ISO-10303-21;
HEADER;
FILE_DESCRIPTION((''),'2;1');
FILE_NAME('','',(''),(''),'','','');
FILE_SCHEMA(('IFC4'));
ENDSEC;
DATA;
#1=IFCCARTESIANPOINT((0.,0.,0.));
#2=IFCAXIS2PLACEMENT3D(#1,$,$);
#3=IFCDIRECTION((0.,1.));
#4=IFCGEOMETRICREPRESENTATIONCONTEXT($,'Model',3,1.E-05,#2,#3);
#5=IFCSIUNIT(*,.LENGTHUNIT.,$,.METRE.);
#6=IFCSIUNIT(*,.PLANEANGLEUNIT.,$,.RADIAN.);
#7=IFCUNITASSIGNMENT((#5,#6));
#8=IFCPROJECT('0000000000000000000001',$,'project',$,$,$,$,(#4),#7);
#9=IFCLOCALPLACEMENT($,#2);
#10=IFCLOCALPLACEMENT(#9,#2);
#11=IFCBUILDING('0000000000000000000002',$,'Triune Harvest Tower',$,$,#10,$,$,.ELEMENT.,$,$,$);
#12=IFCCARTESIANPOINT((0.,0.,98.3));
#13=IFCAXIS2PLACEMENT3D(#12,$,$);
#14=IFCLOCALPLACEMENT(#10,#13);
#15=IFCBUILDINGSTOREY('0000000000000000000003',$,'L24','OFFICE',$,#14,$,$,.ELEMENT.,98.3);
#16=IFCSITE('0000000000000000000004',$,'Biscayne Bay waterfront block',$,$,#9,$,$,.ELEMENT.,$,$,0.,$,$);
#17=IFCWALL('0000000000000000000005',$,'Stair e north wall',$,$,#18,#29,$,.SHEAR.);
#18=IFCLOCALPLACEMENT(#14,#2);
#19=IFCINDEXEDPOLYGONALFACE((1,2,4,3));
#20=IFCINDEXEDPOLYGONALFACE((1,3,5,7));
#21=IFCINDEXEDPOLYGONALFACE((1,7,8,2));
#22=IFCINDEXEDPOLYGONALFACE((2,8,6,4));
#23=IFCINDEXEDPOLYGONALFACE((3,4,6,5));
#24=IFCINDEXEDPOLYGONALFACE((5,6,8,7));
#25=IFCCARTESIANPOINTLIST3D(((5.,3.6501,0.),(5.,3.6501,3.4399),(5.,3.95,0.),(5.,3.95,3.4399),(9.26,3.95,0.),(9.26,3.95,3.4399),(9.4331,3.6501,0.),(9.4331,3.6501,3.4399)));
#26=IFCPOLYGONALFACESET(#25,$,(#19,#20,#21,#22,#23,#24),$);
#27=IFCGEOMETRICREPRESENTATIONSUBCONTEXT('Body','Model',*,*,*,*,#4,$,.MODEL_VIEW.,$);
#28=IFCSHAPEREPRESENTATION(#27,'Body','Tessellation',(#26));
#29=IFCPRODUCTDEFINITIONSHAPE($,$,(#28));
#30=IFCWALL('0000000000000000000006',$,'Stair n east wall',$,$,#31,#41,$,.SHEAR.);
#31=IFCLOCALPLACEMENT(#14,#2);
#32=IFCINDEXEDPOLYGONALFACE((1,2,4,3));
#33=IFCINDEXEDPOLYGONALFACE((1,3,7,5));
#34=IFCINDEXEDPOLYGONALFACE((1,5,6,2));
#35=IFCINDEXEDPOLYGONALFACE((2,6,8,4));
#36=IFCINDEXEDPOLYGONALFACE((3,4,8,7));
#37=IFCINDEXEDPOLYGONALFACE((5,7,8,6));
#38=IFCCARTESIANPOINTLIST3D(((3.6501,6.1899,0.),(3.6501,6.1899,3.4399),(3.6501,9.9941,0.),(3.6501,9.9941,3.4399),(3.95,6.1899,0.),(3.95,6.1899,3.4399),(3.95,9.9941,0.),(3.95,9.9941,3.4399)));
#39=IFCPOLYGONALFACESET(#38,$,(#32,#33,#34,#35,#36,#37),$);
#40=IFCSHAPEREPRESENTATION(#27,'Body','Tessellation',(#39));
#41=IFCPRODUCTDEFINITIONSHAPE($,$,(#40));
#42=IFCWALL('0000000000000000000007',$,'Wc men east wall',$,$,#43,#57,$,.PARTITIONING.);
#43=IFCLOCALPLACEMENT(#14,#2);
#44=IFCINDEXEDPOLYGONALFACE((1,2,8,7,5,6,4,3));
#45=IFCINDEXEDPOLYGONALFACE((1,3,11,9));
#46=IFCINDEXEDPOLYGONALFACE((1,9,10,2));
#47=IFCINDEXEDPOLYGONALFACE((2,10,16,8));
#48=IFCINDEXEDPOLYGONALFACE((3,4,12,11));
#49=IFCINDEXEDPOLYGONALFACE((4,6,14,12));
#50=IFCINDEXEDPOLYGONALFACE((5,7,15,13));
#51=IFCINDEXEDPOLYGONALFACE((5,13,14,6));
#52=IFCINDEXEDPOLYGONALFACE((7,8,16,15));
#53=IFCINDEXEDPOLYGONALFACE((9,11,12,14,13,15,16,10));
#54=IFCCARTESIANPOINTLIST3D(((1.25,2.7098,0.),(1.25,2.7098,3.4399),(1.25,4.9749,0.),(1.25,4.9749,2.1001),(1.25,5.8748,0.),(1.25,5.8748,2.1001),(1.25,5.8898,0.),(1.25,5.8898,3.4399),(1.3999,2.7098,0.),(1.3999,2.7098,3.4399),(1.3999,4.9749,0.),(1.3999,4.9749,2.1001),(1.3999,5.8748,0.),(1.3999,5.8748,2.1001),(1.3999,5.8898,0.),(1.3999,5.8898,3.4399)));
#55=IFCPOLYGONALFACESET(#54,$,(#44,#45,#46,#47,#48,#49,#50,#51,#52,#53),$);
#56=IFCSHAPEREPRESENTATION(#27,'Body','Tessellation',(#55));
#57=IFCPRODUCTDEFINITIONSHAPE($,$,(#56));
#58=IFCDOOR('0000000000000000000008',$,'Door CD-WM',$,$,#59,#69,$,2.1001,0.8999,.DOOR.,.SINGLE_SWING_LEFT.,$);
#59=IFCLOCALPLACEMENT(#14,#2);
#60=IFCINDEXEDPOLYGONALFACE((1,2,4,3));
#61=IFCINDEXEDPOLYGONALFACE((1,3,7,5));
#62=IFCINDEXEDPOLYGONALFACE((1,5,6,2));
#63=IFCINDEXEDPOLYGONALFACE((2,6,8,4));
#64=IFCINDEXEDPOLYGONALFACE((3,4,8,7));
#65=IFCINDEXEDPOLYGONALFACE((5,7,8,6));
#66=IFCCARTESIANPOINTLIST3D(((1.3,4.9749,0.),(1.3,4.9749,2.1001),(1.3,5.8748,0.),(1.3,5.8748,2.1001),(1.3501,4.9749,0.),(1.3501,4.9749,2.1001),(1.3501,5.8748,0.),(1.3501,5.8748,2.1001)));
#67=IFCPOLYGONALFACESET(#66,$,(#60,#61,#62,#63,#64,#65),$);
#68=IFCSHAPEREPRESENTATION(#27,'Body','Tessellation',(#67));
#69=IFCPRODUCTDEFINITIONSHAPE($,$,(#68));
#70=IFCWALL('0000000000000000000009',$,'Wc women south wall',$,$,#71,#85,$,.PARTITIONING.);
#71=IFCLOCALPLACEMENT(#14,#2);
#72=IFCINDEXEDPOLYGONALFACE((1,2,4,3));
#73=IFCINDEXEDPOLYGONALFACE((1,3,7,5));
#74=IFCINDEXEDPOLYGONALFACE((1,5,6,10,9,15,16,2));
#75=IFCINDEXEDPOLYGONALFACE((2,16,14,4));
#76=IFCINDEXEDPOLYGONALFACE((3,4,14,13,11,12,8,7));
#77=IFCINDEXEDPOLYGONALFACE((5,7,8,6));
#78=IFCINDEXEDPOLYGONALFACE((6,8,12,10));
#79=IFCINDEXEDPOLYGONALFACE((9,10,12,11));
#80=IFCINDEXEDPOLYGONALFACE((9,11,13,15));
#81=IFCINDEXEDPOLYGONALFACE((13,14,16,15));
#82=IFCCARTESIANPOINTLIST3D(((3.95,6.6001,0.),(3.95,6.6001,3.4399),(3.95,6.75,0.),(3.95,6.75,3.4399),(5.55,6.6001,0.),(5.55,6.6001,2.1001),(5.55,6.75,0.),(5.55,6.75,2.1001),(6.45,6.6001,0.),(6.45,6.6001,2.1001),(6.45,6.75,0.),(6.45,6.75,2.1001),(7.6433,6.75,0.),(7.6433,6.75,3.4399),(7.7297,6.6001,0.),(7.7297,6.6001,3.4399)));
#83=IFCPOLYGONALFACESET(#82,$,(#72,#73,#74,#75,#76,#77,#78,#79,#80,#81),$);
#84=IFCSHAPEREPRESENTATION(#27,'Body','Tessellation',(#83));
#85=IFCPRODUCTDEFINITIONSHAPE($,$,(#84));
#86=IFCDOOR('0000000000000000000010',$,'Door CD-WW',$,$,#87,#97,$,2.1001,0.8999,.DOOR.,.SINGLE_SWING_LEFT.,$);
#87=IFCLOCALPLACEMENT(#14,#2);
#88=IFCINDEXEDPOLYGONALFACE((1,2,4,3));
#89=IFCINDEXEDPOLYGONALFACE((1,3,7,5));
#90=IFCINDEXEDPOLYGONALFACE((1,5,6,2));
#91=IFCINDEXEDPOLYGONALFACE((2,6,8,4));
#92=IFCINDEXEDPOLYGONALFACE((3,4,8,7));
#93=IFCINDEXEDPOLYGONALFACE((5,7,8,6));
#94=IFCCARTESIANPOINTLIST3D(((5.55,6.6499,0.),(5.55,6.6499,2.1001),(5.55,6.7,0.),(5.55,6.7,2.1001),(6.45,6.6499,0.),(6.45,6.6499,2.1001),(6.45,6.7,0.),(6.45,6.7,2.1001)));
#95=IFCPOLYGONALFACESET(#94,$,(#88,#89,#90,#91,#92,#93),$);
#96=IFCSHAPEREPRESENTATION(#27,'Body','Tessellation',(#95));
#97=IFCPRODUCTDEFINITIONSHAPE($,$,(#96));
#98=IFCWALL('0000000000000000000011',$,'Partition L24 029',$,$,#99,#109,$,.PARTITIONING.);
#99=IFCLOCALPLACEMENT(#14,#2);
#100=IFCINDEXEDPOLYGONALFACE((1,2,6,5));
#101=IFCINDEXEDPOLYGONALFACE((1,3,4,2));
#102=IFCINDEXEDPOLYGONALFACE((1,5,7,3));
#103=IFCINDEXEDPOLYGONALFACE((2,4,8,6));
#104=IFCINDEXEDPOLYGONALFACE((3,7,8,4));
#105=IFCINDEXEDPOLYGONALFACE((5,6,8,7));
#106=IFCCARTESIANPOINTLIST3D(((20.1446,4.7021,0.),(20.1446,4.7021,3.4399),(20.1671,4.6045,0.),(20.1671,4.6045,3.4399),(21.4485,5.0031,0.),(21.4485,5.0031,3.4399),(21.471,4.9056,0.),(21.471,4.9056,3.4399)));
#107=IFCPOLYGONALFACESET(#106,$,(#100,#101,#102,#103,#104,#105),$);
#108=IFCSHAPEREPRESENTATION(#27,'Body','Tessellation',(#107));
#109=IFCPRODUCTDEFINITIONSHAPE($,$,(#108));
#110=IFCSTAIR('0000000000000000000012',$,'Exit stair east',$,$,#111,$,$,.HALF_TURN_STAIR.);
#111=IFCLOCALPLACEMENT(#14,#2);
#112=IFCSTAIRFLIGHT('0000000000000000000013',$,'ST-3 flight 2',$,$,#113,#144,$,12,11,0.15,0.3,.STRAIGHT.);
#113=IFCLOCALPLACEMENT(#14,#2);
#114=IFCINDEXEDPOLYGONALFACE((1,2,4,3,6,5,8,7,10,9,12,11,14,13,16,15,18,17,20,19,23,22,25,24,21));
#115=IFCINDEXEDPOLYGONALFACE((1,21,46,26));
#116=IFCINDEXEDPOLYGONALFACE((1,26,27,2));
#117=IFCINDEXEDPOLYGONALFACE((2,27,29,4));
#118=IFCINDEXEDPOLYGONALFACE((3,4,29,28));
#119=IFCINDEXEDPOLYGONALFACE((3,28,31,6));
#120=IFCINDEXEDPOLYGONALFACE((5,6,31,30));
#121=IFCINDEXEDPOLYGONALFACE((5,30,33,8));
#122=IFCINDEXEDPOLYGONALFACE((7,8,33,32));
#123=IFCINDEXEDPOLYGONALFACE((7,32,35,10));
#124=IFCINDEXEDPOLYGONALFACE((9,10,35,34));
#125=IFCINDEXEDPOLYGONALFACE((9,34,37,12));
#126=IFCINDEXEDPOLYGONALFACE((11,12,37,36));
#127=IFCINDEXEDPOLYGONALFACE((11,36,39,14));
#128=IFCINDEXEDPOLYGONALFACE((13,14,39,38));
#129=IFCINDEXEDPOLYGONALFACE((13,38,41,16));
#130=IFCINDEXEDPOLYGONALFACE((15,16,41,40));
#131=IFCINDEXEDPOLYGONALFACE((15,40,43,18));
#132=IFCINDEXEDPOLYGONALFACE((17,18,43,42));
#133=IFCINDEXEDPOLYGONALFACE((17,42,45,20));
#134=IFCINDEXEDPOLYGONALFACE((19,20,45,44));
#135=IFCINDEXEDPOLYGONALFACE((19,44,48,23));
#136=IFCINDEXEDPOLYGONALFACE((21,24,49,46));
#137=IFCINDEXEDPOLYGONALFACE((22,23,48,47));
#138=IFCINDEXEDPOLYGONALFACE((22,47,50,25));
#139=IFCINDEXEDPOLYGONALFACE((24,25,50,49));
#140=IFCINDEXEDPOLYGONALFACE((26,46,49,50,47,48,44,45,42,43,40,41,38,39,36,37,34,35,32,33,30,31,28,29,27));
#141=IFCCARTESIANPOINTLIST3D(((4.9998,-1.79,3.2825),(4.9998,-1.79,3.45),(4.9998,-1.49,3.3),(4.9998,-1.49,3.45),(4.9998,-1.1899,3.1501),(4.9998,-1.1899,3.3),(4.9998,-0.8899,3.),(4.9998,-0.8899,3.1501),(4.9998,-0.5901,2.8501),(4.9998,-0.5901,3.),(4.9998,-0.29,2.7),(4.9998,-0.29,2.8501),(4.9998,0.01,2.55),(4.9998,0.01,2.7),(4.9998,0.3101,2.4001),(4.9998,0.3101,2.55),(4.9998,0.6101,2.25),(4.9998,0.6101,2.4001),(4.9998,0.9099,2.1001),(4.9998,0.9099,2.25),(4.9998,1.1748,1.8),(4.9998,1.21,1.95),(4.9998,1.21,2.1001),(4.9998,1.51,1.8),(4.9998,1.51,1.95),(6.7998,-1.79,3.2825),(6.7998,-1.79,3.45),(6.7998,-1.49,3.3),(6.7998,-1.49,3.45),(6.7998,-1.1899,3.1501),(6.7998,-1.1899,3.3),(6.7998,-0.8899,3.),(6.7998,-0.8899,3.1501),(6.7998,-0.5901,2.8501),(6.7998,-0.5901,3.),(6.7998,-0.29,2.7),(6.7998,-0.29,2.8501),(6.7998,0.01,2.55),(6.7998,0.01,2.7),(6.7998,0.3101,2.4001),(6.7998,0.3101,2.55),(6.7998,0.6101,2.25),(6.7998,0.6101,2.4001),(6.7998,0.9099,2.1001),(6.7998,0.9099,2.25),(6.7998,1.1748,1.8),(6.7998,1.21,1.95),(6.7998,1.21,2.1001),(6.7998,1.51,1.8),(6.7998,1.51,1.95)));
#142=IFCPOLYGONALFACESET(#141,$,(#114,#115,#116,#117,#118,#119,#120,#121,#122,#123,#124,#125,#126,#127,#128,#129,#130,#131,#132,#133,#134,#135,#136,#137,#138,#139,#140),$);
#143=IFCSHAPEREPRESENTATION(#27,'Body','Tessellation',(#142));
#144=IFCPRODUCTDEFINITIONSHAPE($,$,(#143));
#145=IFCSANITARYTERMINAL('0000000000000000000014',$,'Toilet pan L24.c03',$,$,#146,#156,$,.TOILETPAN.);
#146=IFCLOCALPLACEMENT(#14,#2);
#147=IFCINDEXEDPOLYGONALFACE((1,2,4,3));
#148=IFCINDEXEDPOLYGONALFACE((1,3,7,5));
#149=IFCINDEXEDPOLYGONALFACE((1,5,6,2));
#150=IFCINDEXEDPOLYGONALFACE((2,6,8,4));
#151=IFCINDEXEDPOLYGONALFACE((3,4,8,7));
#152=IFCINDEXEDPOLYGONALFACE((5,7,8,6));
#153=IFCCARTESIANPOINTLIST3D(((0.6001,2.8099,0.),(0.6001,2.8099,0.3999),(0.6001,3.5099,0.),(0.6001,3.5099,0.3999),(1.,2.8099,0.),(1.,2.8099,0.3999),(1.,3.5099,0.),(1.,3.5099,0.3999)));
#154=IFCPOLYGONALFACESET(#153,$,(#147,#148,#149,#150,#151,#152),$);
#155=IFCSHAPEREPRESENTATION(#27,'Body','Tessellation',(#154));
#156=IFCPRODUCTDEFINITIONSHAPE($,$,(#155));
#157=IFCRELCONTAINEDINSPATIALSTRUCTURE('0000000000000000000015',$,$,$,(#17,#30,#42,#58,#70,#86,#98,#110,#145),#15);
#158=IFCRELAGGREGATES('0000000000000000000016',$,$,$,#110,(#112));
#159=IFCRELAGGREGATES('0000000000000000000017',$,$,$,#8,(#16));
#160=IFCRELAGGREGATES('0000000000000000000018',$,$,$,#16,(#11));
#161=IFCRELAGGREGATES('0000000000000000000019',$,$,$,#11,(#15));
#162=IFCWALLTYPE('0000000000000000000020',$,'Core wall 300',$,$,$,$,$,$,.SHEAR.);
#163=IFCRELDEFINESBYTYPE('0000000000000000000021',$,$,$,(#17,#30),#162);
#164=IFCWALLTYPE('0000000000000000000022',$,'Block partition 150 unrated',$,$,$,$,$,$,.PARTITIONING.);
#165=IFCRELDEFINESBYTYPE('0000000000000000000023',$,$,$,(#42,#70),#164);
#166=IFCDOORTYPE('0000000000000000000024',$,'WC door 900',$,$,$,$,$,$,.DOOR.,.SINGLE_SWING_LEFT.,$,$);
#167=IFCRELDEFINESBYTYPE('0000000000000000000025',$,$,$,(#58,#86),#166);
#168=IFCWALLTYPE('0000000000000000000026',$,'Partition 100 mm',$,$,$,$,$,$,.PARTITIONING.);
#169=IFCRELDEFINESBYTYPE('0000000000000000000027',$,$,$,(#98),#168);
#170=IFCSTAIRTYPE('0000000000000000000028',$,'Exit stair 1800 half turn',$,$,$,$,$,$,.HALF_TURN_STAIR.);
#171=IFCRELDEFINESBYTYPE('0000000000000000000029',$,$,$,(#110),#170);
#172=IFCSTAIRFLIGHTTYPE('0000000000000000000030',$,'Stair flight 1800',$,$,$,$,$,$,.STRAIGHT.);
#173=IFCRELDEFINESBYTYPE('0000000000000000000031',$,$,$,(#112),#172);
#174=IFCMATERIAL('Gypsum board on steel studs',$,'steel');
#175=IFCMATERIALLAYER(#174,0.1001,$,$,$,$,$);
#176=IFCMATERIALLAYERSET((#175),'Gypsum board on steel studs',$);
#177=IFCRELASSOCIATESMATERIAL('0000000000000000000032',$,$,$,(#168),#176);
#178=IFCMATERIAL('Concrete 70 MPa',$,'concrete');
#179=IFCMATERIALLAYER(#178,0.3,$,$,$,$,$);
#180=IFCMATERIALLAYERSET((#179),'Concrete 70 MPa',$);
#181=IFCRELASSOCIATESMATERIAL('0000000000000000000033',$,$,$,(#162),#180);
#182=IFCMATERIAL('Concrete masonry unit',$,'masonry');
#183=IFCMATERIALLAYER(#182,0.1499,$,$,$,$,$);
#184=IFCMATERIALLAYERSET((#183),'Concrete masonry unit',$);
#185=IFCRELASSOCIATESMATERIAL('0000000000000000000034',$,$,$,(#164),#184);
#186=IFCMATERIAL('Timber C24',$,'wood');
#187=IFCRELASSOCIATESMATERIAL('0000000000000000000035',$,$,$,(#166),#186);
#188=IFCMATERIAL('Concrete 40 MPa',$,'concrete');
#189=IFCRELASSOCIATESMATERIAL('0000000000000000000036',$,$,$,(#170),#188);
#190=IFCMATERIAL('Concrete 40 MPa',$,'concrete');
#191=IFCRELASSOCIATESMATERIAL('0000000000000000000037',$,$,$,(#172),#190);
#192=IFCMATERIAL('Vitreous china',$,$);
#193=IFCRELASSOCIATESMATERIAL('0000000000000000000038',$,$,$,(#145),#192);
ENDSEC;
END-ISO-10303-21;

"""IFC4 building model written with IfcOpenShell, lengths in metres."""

from ifc_helpers import new_model, si_unit, direction, frame, frame_2d, origin, origin_2d, place, context, subcontext, project, spatial, polyline, rectangle, outline, extrude, source, transform, mapped, material, layer, layer_set, type_object, element, fill, aggregate, save


model = new_model("IFC4")

# Units and contexts
model_context = context("Model", 3, precision=1e-05, world=origin(), true_north=direction((0.0, 1.0)))
body_context = subcontext(model_context, "Body", "Model", "MODEL_VIEW")
ifc_project = project(units=[si_unit("LENGTHUNIT", "METRE"), si_unit("PLANEANGLEUNIT", "RADIAN")], contexts=[model_context])

# Site, building, storey
site_placement = place(None, origin())
site = spatial("IfcSite", under=ifc_project, at=site_placement, Name="Biscayne Bay waterfront block", CompositionType="ELEMENT", RefElevation=0.0)
building_placement = place(site_placement, origin())
building = spatial("IfcBuilding", under=site, at=building_placement, Name="Triune Harvest Tower", CompositionType="ELEMENT")
storey_placement = place(building_placement, frame((0.0, 0.0, 98.3)))
storey = spatial("IfcBuildingStorey", under=building, at=storey_placement, Name="L24", Description="OFFICE", CompositionType="ELEMENT", Elevation=98.3)

# Shared definitions
ifc_material_1 = material(Name="Gypsum board on steel studs", Category="steel")
ifc_layer_1 = layer(ifc_material_1, 0.1001)
ifc_layer_set_1 = layer_set([ifc_layer_1], Name="Gypsum board on steel studs")
wall_type_1 = type_object("IfcWallType", Name="Partition 100 mm", PredefinedType="PARTITIONING", material=ifc_layer_set_1)

# Shared definitions
ifc_material_2 = material(Name="Concrete 70 MPa", Category="concrete")
ifc_layer_2 = layer(ifc_material_2, 0.3)
ifc_layer_set_2 = layer_set([ifc_layer_2], Name="Concrete 70 MPa")
wall_type_2 = type_object("IfcWallType", Name="Core wall 300", PredefinedType="SHEAR", material=ifc_layer_set_2)

# Walls
shared_shape_1 = source(origin(), body_context, "Body", "SweptSolid", [
    extrude(outline(polyline([(0.0, -0.1499), (0.0, 0.1499), (4.26, 0.1499), (4.4331, -0.1499), (0.0, -0.1499)])), origin(), (0.0, 0.0, 1.0), 3.4399),
])
wall_1_placement = place(storey_placement, frame((5.0, 3.8, 0.0), z_axis=(0.0, 0.0, 1.0), x_axis=(1.0, 0.0, 0.0)))
element("IfcWall", 1, at=wall_1_placement, inside=storey, type_object=wall_type_2, Name="Stair e north wall", PredefinedType="SHEAR", context=body_context, shape_type="MappedRepresentation", body=[
    mapped(shared_shape_1, transform((0.0, 0.0, 0.0), scale=1.0)),
])
shared_shape_2 = source(origin(), body_context, "Body", "SweptSolid", [
    extrude(outline(polyline([(0.0, -0.1499), (0.0, 0.1499), (3.8042, 0.1499), (3.8042, -0.1499), (0.0, -0.1499)])), origin(), (0.0, 0.0, 1.0), 3.4399),
])
wall_2_placement = place(storey_placement, frame((3.8, 6.1899, 0.0), z_axis=(0.0, 0.0, 1.0), x_axis=(0.0, 1.0, 0.0)))
element("IfcWall", 2, at=wall_2_placement, inside=storey, type_object=wall_type_2, Name="Stair n east wall", PredefinedType="SHEAR", context=body_context, shape_type="MappedRepresentation", body=[
    mapped(shared_shape_2, transform((0.0, 0.0, 0.0), scale=1.0)),
])

# Walls, openings, doors
ifc_material_3 = material(Name="Concrete masonry unit", Category="masonry")
ifc_layer_3 = layer(ifc_material_3, 0.1499)
ifc_layer_set_3 = layer_set([ifc_layer_3], Name="Concrete masonry unit")
wall_type_3 = type_object("IfcWallType", Name="Block partition 150 unrated", PredefinedType="PARTITIONING", material=ifc_layer_set_3)
shared_shape_3 = source(origin(), body_context, "Body", "SweptSolid", [
    extrude(rectangle(XDim=3.1799, YDim=0.1499, at=frame_2d((1.5898, 0.0))), origin(), (0.0, 0.0, 1.0), 3.4399),
])
wall_3_placement = place(storey_placement, frame((1.325, 2.71, 0.0), z_axis=(0.0, 0.0, 1.0), x_axis=(0.0, 1.0, 0.0)))
wall_3 = element("IfcWall", 3, at=wall_3_placement, inside=storey, type_object=wall_type_3, Name="Wc men east wall", PredefinedType="PARTITIONING", context=body_context, shape_type="MappedRepresentation", body=[
    mapped(shared_shape_3, transform((0.0, 0.0, 0.0), scale=1.0)),
])
opening_1_placement = place(wall_3_placement, frame((2.2649, 0.0, 0.0)))
opening_1 = element("IfcOpeningElement", 4, at=opening_1_placement, cuts=wall_3, PredefinedType="OPENING", context=body_context, shape_type="SweptSolid", body=[
    extrude(rectangle(XDim=0.8999, YDim=2.1001, at=frame_2d((0.45, 1.05))), frame((0.0, 0.085, 0.0), z_axis=(0.0, -1.0, 0.0), x_axis=(1.0, 0.0, 0.0)), (0.0, 0.0, 1.0), 0.1699),
])
ifc_material_4 = material(Name="Timber C24", Category="wood")
door_type_1 = type_object("IfcDoorType", Name="WC door 900", OperationType="SINGLE_SWING_LEFT", PredefinedType="DOOR", material=ifc_material_4)
door_1_placement = place(opening_1_placement, origin())
door_1 = element("IfcDoor", 5, at=door_1_placement, inside=storey, type_object=door_type_1, Name="Door CD-WM", OperationType="SINGLE_SWING_LEFT", OverallHeight=2.1001, OverallWidth=0.8999, PredefinedType="DOOR", context=body_context, shape_type="SweptSolid", body=[
    extrude(rectangle(XDim=0.8999, YDim=2.1001, at=frame_2d((0.45, 1.05))), frame((0.0, 0.0249, 0.0), z_axis=(0.0, -1.0, 0.0), x_axis=(1.0, 0.0, 0.0)), (0.0, 0.0, 1.0), 0.05),
])
fill(opening_1, door_1)
shared_shape_4 = source(origin(), body_context, "Body", "SweptSolid", [
    extrude(outline(polyline([(0.0, -0.075), (0.0, 0.075), (3.6934, 0.075), (3.7798, -0.075), (0.0, -0.075)])), origin(), (0.0, 0.0, 1.0), 3.4399),
])
wall_4_placement = place(storey_placement, frame((3.95, 6.675, 0.0), z_axis=(0.0, 0.0, 1.0), x_axis=(1.0, 0.0, 0.0)))
wall_4 = element("IfcWall", 6, at=wall_4_placement, inside=storey, type_object=wall_type_3, Name="Wc women south wall", PredefinedType="PARTITIONING", context=body_context, shape_type="MappedRepresentation", body=[
    mapped(shared_shape_4, transform((0.0, 0.0, 0.0), scale=1.0)),
])
opening_2_placement = place(wall_4_placement, frame((1.6001, 0.0, 0.0)))
opening_2 = element("IfcOpeningElement", 7, at=opening_2_placement, cuts=wall_4, PredefinedType="OPENING", context=body_context, shape_type="SweptSolid", body=[
    extrude(rectangle(XDim=0.8999, YDim=2.1001, at=frame_2d((0.45, 1.05))), frame((0.0, 0.085, 0.0), z_axis=(0.0, -1.0, 0.0), x_axis=(1.0, 0.0, 0.0)), (0.0, 0.0, 1.0), 0.1699),
])
door_2_placement = place(opening_2_placement, origin())
door_2 = element("IfcDoor", 8, at=door_2_placement, inside=storey, type_object=door_type_1, Name="Door CD-WW", OperationType="SINGLE_SWING_LEFT", OverallHeight=2.1001, OverallWidth=0.8999, PredefinedType="DOOR", context=body_context, shape_type="SweptSolid", body=[
    extrude(rectangle(XDim=0.8999, YDim=2.1001, at=frame_2d((0.45, 1.05))), frame((0.0, 0.0249, 0.0), z_axis=(0.0, -1.0, 0.0), x_axis=(1.0, 0.0, 0.0)), (0.0, 0.0, 1.0), 0.05),
])
fill(opening_2, door_2)

# Wall
shared_shape_5 = source(origin(), body_context, "Body", "SweptSolid", [
    extrude(rectangle(XDim=1.3381, YDim=0.1001, at=frame_2d((0.6689, 0.0))), origin(), (0.0, 0.0, 1.0), 3.4399),
])
wall_5_placement = place(storey_placement, frame((20.156, 4.6533, 0.0), z_axis=(0.0, 0.0, 1.0), x_axis=(0.974364, 0.224979, 0.0)))
element("IfcWall", 9, at=wall_5_placement, inside=storey, type_object=wall_type_1, Name="Partition L24 029", PredefinedType="PARTITIONING", context=body_context, shape_type="MappedRepresentation", body=[
    mapped(shared_shape_5, transform((0.0, 0.0, 0.0), scale=1.0)),
])

# Stair, stair flight
ifc_material_5 = material(Name="Concrete 40 MPa", Category="concrete")
stair_type = type_object("IfcStairType", Name="Exit stair 1800 half turn", PredefinedType="HALF_TURN_STAIR", material=ifc_material_5)
stair_placement = place(storey_placement, origin())
stair = element("IfcStair", 10, at=stair_placement, inside=storey, type_object=stair_type, Name="Exit stair east", PredefinedType="HALF_TURN_STAIR")
ifc_material_6 = material(Name="Concrete 40 MPa", Category="concrete")
stair_flight_type = type_object("IfcStairFlightType", Name="Stair flight 1800", PredefinedType="STRAIGHT", material=ifc_material_6)
shared_shape_6 = source(origin(), body_context, "Body", "SweptSolid", [
    extrude(outline(polyline([(0.0, 0.0), (0.0, 0.1499), (0.3, 0.1499), (0.3, 0.3), (0.6001, 0.3), (0.6001, 0.45), (0.8999, 0.45), (0.8999, 0.6001), (1.2, 0.6001), (1.2, 0.75), (1.5, 0.75), (1.5, 0.8999), (1.8, 0.8999), (1.8, 1.05), (2.1001, 1.05), (2.1001, 1.2), (2.3999, 1.2), (2.3999, 1.3501), (2.7, 1.3501), (2.7, 1.5), (3.0, 1.5), (3.0, 1.6499), (3.3, 1.6499), (3.3, 1.8), (3.3, 1.4824), (0.3352, 0.0), (0.0, 0.0)])), frame((0.0, 0.8999, 0.0), z_axis=(0.0, -1.0, 0.0), x_axis=(1.0, 0.0, 0.0)), (0.0, 0.0, 1.0), 1.8),
])
stair_flight_placement = place(storey_placement, frame((5.8999, 1.51, 1.8), z_axis=(0.0, 0.0, 1.0), x_axis=(0.0, -1.0, 0.0)))
stair_flight = element("IfcStairFlight", 11, at=stair_flight_placement, type_object=stair_flight_type, Name="ST-3 flight 2", NumberOfRisers=12, NumberOfTreads=11, PredefinedType="STRAIGHT", RiserHeight=0.15, TreadLength=0.3, context=body_context, shape_type="MappedRepresentation", body=[
    mapped(shared_shape_6, transform((0.0, 0.0, 0.0), scale=1.0)),
])
aggregate(stair, [stair_flight])

# Sanitary terminal
ifc_material_7 = material(Name="Vitreous china")
shared_shape_7 = source(origin(), body_context, "Body", "SweptSolid", [
    extrude(rectangle(XDim=0.3999, YDim=0.7, at=origin_2d()), origin(), (0.0, 0.0, 1.0), 0.3999),
])
sanitary_terminal_placement = place(storey_placement, frame((0.8, 3.1599, 0.0), z_axis=(0.0, 0.0, 1.0), x_axis=(-1.0, 0.0, 0.0)))
element("IfcSanitaryTerminal", 12, at=sanitary_terminal_placement, inside=storey, material=ifc_material_7, Name="Toilet pan L24.c03", PredefinedType="TOILETPAN", context=body_context, shape_type="MappedRepresentation", body=[
    mapped(shared_shape_7, transform((0.0, 0.0, 0.0), scale=1.0)),
])

save(model, "model.ifc")
